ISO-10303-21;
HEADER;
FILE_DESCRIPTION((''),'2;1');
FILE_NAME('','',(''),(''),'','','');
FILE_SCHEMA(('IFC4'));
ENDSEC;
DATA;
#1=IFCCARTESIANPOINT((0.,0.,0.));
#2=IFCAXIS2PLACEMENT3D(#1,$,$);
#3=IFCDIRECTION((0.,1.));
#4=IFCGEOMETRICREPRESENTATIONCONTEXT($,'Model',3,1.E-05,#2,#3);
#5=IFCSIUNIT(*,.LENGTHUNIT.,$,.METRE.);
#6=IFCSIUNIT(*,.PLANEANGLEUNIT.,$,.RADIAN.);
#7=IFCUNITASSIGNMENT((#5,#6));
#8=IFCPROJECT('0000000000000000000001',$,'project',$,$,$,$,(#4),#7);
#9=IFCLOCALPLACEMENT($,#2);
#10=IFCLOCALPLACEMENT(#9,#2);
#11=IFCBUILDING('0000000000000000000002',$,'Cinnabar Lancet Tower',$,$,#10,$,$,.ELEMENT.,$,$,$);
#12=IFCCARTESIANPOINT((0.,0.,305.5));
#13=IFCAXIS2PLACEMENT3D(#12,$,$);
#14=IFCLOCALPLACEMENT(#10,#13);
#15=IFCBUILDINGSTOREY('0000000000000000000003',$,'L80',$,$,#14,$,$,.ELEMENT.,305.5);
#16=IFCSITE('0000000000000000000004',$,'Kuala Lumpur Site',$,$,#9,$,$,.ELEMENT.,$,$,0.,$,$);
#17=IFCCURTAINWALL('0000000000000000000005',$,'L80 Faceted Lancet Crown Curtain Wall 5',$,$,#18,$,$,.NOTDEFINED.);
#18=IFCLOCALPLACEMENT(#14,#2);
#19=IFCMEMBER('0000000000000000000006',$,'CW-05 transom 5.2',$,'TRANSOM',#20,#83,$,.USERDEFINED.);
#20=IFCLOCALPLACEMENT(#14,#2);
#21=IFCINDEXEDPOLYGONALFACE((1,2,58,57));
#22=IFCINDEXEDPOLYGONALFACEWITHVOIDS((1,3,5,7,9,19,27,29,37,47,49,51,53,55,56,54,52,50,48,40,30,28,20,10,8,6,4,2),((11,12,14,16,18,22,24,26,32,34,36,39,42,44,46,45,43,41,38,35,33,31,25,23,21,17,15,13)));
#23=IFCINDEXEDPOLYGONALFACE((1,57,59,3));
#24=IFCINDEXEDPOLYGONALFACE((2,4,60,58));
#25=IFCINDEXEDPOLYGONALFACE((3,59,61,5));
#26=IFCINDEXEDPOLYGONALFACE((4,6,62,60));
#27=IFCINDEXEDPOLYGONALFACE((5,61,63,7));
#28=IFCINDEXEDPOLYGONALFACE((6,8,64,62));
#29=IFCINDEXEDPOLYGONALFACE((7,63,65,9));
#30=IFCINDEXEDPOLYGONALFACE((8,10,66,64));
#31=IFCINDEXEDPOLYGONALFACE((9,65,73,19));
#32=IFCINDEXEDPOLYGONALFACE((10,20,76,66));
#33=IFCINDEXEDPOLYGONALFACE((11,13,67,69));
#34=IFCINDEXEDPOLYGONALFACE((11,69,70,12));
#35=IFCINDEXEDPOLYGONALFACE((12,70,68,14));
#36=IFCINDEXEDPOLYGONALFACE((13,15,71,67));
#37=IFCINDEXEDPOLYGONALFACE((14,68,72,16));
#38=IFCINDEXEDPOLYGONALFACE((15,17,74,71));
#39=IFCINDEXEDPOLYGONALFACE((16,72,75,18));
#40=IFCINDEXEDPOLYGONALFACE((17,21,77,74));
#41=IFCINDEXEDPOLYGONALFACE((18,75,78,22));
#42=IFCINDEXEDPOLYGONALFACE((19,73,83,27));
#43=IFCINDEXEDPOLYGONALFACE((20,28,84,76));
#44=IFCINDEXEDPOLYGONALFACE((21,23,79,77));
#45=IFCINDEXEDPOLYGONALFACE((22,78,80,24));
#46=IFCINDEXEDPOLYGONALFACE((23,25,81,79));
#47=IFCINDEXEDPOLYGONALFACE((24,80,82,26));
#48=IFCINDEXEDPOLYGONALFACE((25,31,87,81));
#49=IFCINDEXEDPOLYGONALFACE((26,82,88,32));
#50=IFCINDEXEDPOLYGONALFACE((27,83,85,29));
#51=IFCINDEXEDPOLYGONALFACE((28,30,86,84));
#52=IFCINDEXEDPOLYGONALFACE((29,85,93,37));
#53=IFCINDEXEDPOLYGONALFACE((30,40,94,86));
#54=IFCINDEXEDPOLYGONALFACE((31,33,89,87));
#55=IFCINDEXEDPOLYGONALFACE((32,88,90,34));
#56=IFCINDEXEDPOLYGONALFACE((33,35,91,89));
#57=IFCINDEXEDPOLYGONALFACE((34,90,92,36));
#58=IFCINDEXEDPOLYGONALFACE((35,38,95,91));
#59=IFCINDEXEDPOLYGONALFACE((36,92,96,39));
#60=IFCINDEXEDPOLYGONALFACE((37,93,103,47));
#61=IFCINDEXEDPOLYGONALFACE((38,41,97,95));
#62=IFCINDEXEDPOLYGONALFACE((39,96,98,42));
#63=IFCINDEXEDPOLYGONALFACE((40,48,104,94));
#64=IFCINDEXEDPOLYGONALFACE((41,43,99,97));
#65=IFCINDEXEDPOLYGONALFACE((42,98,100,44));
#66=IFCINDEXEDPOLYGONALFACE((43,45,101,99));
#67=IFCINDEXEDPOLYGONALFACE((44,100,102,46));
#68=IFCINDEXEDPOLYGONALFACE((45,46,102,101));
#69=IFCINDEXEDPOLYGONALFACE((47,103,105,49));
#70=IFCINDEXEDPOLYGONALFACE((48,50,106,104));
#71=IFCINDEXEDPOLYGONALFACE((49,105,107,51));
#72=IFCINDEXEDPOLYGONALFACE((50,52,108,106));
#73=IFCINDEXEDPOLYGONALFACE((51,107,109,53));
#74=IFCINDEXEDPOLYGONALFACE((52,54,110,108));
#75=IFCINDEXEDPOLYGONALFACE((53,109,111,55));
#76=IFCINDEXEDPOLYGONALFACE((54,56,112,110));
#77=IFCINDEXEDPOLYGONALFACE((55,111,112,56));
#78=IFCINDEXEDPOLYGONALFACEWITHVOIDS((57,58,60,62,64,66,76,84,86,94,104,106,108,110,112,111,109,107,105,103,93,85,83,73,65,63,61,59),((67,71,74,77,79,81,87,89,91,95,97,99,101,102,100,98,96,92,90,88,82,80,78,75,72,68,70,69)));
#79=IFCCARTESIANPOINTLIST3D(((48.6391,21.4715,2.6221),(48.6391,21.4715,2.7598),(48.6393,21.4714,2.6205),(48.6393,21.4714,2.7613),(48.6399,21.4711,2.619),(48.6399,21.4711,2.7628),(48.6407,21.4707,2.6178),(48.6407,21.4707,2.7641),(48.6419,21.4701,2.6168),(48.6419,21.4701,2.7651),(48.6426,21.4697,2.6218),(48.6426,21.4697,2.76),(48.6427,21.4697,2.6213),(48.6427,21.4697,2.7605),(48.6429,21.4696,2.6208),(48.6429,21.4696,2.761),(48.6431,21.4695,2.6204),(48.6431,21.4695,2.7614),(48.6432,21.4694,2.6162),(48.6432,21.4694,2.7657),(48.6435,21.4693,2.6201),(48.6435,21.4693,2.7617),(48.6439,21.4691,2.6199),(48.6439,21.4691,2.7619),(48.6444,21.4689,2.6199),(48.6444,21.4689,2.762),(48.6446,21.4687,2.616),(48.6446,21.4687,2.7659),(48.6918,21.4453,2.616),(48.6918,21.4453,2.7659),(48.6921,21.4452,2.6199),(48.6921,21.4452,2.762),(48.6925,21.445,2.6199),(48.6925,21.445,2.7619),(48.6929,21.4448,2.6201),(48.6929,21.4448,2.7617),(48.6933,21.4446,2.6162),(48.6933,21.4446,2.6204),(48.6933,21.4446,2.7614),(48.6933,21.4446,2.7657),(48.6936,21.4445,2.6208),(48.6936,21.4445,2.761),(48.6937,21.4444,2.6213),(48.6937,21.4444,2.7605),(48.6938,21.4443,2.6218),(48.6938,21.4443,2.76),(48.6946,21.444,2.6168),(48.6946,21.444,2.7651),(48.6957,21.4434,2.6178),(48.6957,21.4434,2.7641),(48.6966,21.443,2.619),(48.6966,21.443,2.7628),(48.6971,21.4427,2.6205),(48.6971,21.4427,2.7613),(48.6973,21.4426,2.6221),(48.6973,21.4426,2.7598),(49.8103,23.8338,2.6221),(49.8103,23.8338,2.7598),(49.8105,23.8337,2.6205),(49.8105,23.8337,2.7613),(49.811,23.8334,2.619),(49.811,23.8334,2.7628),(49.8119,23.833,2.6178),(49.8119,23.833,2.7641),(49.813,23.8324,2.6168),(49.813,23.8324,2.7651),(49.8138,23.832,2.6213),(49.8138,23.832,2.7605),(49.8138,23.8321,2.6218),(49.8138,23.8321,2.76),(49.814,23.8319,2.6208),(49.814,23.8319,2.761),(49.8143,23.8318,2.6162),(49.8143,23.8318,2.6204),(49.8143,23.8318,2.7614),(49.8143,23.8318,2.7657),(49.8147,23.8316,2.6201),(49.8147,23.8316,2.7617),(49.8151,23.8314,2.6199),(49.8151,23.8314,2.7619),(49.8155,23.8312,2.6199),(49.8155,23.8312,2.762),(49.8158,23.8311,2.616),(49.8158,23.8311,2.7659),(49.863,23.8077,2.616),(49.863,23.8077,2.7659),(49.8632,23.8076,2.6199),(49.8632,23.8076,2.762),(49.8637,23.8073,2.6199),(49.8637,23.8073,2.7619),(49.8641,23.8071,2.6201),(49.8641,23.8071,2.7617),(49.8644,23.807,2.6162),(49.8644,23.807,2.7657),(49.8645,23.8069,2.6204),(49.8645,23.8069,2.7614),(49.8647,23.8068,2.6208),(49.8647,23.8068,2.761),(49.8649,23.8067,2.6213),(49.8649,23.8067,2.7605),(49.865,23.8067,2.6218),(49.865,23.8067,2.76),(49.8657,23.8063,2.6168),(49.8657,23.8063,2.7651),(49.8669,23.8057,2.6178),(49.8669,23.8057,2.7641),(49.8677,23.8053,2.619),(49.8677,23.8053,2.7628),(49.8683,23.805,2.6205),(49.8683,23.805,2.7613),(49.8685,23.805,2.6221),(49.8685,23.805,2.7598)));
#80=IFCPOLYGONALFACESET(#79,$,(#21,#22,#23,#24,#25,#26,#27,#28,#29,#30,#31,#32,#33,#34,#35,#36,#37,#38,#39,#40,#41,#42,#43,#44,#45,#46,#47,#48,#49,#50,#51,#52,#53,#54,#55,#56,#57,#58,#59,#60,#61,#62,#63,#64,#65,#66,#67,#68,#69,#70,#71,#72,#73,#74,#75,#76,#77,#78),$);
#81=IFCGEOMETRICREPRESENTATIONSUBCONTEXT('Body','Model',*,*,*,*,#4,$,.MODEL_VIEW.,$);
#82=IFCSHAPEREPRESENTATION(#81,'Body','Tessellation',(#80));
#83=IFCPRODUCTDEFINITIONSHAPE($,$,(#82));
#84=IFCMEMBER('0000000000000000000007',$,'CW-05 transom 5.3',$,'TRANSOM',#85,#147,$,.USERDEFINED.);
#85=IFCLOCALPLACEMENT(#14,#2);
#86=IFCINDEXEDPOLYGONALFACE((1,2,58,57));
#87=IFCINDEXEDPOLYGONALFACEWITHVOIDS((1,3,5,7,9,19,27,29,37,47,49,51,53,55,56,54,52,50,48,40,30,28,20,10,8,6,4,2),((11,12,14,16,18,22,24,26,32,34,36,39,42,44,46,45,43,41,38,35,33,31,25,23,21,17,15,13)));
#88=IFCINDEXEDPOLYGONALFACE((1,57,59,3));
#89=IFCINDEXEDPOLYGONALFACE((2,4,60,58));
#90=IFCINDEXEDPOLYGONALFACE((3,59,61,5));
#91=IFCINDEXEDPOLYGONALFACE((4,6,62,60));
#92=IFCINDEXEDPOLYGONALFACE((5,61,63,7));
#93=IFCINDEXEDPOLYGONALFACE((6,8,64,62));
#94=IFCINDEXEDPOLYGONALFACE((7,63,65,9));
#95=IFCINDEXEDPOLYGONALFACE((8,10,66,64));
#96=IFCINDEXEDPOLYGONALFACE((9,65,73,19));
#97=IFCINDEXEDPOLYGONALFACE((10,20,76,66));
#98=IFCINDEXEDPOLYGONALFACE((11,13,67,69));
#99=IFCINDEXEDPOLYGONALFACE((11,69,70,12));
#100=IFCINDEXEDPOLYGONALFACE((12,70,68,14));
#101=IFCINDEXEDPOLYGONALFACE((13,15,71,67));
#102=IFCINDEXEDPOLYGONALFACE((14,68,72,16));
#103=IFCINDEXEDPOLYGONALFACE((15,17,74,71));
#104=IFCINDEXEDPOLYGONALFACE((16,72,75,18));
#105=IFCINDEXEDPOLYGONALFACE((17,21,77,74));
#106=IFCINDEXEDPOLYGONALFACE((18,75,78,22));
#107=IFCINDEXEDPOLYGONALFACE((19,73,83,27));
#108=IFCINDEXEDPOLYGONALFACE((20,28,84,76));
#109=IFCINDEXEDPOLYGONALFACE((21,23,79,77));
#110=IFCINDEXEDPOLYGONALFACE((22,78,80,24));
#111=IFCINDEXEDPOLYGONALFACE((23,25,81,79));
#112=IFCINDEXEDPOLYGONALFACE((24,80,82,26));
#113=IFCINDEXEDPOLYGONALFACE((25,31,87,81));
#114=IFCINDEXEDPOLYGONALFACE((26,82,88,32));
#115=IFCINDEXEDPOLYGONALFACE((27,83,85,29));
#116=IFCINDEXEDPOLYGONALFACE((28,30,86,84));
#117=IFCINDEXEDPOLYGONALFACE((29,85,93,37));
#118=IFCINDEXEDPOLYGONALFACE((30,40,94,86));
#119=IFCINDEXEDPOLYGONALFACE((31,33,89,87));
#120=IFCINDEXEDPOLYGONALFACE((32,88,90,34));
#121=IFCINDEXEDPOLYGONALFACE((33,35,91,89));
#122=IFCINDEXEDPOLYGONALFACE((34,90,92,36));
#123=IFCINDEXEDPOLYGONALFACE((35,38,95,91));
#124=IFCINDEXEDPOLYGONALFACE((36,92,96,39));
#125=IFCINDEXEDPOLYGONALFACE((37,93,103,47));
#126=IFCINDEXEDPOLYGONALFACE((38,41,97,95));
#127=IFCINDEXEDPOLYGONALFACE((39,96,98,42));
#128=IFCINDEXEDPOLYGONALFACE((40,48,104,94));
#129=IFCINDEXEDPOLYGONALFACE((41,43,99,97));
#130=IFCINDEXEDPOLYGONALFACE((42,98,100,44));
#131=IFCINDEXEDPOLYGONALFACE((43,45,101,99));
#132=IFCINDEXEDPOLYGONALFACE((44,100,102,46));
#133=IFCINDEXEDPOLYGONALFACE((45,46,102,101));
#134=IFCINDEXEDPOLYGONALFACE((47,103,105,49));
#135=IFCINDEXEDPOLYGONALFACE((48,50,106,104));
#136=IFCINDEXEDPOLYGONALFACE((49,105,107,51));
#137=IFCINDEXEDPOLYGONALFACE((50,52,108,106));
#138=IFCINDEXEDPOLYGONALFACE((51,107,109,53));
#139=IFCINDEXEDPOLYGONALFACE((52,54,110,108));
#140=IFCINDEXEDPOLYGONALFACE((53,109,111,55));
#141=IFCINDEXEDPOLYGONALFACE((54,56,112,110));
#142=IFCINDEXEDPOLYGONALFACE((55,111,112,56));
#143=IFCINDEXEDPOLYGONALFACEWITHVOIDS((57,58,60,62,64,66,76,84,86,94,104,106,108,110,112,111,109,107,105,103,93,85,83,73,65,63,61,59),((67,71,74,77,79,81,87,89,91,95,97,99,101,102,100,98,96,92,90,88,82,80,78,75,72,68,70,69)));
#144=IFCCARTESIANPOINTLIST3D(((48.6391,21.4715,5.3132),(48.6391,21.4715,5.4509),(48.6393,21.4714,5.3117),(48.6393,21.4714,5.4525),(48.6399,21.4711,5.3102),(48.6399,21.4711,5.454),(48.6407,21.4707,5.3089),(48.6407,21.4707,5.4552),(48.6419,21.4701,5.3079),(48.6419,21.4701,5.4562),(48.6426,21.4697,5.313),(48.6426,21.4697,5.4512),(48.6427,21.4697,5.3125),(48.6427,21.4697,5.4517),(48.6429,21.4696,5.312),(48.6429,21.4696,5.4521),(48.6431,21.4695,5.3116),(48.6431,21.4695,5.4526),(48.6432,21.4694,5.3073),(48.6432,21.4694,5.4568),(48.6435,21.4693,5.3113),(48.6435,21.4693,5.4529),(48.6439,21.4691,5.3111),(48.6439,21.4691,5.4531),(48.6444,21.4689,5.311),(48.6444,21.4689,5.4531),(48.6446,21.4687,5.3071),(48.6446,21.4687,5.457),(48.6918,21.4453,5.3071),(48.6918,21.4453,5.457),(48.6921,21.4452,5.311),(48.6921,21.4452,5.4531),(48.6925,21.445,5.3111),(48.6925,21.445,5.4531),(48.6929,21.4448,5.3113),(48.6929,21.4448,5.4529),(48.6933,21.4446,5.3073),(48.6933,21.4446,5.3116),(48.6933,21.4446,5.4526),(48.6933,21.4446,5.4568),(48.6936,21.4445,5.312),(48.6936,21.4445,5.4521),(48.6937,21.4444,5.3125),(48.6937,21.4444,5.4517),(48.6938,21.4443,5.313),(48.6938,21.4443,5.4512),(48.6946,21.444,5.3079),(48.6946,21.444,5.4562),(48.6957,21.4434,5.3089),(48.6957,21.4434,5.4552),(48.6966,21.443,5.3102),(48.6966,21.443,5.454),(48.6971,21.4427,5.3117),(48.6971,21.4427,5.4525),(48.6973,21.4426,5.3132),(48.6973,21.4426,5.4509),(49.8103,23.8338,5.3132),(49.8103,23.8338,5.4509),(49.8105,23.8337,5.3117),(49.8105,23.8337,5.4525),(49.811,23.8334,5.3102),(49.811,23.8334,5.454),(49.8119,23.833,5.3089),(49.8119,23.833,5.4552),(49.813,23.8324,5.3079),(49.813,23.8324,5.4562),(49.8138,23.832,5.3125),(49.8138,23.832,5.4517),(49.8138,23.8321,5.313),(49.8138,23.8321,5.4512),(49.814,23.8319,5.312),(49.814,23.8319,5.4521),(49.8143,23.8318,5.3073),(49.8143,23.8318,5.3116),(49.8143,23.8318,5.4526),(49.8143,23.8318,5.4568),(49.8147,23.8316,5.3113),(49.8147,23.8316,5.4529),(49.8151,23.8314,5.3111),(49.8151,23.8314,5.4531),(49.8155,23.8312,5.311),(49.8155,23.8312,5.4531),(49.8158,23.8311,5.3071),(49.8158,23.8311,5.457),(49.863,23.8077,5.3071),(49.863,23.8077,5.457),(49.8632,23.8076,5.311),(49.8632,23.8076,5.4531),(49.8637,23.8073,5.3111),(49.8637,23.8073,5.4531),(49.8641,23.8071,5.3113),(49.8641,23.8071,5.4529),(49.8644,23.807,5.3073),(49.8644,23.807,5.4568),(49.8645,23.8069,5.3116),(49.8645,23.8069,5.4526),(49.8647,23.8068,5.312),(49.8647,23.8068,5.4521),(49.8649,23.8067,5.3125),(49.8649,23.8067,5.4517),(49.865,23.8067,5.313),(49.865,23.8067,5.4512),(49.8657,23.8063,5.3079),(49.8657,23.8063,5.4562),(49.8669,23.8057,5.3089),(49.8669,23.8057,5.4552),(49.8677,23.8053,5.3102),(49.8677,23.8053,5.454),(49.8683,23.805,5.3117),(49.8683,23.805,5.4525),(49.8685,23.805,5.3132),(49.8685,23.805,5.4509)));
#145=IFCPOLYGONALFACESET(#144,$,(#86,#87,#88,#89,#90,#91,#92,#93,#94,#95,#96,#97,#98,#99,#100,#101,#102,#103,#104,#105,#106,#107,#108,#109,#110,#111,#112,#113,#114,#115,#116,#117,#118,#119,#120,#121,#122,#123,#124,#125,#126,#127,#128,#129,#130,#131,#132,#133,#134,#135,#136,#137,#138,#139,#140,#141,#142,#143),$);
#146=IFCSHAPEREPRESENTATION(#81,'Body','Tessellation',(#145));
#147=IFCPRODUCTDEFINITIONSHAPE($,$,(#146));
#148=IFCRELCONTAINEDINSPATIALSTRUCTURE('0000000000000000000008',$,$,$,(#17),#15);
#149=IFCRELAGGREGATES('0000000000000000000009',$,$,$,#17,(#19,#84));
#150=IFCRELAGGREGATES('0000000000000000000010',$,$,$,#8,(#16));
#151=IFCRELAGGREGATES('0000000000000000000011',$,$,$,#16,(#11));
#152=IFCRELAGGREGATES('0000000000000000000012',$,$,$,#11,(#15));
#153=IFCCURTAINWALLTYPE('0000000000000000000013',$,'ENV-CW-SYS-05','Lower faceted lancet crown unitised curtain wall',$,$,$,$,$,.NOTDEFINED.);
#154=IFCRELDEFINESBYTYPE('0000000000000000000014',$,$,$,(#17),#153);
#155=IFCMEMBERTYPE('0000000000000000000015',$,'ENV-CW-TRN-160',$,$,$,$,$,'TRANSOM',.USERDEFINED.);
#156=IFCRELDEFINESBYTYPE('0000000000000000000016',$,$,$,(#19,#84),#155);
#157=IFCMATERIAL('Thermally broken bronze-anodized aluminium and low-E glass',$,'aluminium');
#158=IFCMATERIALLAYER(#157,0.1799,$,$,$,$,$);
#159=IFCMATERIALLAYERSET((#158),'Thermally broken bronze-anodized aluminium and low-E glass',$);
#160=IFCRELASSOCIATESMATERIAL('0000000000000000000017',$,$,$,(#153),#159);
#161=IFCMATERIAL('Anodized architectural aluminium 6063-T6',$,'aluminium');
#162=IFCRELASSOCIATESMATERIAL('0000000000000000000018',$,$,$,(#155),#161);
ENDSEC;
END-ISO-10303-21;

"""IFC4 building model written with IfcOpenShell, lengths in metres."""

from ifc_helpers import new_model, si_unit, direction, frame, origin, origin_2d, place, context, subcontext, project, spatial, hollow_rectangle, extrude, material, layer, layer_set, material_profile, profile_set, type_object, element, aggregate, save


model = new_model("IFC4")

# Units and contexts
model_context = context("Model", 3, precision=1e-05, world=origin(), true_north=direction((0.0, 1.0)))
body_context = subcontext(model_context, "Body", "Model", "MODEL_VIEW")
ifc_project = project(units=[si_unit("LENGTHUNIT", "METRE"), si_unit("PLANEANGLEUNIT", "RADIAN")], contexts=[model_context])

# Site, building, storey
site_placement = place(None, origin())
site = spatial("IfcSite", under=ifc_project, at=site_placement, Name="Kuala Lumpur Site", CompositionType="ELEMENT", RefElevation=0.0)
building_placement = place(site_placement, origin())
building = spatial("IfcBuilding", under=site, at=building_placement, Name="Cinnabar Lancet Tower", CompositionType="ELEMENT")
storey_placement = place(building_placement, frame((0.0, 0.0, 305.5)))
storey = spatial("IfcBuildingStorey", under=building, at=storey_placement, Name="L80", CompositionType="ELEMENT", Elevation=305.5)

# Curtain wall
ifc_material_1 = material(Name="Thermally broken bronze-anodized aluminium and low-E glass", Category="aluminium")
ifc_layer_1 = layer(ifc_material_1, 0.1799)
ifc_layer_set_1 = layer_set([ifc_layer_1], Name="Thermally broken bronze-anodized aluminium and low-E glass")
curtain_wall_type = type_object("IfcCurtainWallType", Name="ENV-CW-SYS-05", Description="Lower faceted lancet crown unitised curtain wall", PredefinedType="NOTDEFINED", material=ifc_layer_set_1)
curtain_wall_1_placement = place(storey_placement, origin())
curtain_wall_1 = element("IfcCurtainWall", 1, at=curtain_wall_1_placement, inside=storey, type_object=curtain_wall_type, Name="L80 Faceted Lancet Crown Curtain Wall 5", PredefinedType="NOTDEFINED")

# Members
ifc_material_2 = material(Name="Anodized architectural aluminium 6063-T6", Category="aluminium")
ifc_material_profile_1 = material_profile(ifc_material_2, hollow_rectangle(XDim=0.0649, YDim=0.1499, WallThickness=0.0039, InnerFilletRadius=0.002, OuterFilletRadius=0.0061, at=origin_2d()), Name="CW-TRN 150x65x4")
ifc_profile_set_1 = profile_set([ifc_material_profile_1], Name="Anodized architectural aluminium 6063-T6")
member_type_1 = type_object("IfcMemberType", Name="ENV-CW-TRN-160", ElementType="TRANSOM", PredefinedType="USERDEFINED", material=ifc_profile_set_1)
member_1_placement = place(storey_placement, frame((48.6682, 21.457, 2.6909), z_axis=(0.444174, 0.895941, 0.0), x_axis=(-0.895941, 0.444174, 0.0)))
member_1 = element("IfcMember", 2, at=member_1_placement, type_object=member_type_1, Name="CW-05 transom 5.2", ObjectType="TRANSOM", PredefinedType="USERDEFINED", context=body_context, shape_type="SweptSolid", body=[
    extrude(hollow_rectangle(XDim=0.0649, YDim=0.1499, WallThickness=0.0039, InnerFilletRadius=0.002, OuterFilletRadius=0.0061, at=origin_2d()), origin(), (0.0, 0.0, 1.0), 2.6367),
])
member_2_placement = place(storey_placement, frame((48.6682, 21.457, 5.3821), z_axis=(0.444174, 0.895941, 0.0), x_axis=(-0.895941, 0.444174, 0.0)))
member_2 = element("IfcMember", 3, at=member_2_placement, type_object=member_type_1, Name="CW-05 transom 5.3", ObjectType="TRANSOM", PredefinedType="USERDEFINED", context=body_context, shape_type="SweptSolid", body=[
    extrude(hollow_rectangle(XDim=0.0649, YDim=0.1499, WallThickness=0.0039, InnerFilletRadius=0.002, OuterFilletRadius=0.0061, at=origin_2d()), origin(), (0.0, 0.0, 1.0), 2.6367),
])

aggregate(curtain_wall_1, [member_1, member_2])

save(model, "model.ifc")
